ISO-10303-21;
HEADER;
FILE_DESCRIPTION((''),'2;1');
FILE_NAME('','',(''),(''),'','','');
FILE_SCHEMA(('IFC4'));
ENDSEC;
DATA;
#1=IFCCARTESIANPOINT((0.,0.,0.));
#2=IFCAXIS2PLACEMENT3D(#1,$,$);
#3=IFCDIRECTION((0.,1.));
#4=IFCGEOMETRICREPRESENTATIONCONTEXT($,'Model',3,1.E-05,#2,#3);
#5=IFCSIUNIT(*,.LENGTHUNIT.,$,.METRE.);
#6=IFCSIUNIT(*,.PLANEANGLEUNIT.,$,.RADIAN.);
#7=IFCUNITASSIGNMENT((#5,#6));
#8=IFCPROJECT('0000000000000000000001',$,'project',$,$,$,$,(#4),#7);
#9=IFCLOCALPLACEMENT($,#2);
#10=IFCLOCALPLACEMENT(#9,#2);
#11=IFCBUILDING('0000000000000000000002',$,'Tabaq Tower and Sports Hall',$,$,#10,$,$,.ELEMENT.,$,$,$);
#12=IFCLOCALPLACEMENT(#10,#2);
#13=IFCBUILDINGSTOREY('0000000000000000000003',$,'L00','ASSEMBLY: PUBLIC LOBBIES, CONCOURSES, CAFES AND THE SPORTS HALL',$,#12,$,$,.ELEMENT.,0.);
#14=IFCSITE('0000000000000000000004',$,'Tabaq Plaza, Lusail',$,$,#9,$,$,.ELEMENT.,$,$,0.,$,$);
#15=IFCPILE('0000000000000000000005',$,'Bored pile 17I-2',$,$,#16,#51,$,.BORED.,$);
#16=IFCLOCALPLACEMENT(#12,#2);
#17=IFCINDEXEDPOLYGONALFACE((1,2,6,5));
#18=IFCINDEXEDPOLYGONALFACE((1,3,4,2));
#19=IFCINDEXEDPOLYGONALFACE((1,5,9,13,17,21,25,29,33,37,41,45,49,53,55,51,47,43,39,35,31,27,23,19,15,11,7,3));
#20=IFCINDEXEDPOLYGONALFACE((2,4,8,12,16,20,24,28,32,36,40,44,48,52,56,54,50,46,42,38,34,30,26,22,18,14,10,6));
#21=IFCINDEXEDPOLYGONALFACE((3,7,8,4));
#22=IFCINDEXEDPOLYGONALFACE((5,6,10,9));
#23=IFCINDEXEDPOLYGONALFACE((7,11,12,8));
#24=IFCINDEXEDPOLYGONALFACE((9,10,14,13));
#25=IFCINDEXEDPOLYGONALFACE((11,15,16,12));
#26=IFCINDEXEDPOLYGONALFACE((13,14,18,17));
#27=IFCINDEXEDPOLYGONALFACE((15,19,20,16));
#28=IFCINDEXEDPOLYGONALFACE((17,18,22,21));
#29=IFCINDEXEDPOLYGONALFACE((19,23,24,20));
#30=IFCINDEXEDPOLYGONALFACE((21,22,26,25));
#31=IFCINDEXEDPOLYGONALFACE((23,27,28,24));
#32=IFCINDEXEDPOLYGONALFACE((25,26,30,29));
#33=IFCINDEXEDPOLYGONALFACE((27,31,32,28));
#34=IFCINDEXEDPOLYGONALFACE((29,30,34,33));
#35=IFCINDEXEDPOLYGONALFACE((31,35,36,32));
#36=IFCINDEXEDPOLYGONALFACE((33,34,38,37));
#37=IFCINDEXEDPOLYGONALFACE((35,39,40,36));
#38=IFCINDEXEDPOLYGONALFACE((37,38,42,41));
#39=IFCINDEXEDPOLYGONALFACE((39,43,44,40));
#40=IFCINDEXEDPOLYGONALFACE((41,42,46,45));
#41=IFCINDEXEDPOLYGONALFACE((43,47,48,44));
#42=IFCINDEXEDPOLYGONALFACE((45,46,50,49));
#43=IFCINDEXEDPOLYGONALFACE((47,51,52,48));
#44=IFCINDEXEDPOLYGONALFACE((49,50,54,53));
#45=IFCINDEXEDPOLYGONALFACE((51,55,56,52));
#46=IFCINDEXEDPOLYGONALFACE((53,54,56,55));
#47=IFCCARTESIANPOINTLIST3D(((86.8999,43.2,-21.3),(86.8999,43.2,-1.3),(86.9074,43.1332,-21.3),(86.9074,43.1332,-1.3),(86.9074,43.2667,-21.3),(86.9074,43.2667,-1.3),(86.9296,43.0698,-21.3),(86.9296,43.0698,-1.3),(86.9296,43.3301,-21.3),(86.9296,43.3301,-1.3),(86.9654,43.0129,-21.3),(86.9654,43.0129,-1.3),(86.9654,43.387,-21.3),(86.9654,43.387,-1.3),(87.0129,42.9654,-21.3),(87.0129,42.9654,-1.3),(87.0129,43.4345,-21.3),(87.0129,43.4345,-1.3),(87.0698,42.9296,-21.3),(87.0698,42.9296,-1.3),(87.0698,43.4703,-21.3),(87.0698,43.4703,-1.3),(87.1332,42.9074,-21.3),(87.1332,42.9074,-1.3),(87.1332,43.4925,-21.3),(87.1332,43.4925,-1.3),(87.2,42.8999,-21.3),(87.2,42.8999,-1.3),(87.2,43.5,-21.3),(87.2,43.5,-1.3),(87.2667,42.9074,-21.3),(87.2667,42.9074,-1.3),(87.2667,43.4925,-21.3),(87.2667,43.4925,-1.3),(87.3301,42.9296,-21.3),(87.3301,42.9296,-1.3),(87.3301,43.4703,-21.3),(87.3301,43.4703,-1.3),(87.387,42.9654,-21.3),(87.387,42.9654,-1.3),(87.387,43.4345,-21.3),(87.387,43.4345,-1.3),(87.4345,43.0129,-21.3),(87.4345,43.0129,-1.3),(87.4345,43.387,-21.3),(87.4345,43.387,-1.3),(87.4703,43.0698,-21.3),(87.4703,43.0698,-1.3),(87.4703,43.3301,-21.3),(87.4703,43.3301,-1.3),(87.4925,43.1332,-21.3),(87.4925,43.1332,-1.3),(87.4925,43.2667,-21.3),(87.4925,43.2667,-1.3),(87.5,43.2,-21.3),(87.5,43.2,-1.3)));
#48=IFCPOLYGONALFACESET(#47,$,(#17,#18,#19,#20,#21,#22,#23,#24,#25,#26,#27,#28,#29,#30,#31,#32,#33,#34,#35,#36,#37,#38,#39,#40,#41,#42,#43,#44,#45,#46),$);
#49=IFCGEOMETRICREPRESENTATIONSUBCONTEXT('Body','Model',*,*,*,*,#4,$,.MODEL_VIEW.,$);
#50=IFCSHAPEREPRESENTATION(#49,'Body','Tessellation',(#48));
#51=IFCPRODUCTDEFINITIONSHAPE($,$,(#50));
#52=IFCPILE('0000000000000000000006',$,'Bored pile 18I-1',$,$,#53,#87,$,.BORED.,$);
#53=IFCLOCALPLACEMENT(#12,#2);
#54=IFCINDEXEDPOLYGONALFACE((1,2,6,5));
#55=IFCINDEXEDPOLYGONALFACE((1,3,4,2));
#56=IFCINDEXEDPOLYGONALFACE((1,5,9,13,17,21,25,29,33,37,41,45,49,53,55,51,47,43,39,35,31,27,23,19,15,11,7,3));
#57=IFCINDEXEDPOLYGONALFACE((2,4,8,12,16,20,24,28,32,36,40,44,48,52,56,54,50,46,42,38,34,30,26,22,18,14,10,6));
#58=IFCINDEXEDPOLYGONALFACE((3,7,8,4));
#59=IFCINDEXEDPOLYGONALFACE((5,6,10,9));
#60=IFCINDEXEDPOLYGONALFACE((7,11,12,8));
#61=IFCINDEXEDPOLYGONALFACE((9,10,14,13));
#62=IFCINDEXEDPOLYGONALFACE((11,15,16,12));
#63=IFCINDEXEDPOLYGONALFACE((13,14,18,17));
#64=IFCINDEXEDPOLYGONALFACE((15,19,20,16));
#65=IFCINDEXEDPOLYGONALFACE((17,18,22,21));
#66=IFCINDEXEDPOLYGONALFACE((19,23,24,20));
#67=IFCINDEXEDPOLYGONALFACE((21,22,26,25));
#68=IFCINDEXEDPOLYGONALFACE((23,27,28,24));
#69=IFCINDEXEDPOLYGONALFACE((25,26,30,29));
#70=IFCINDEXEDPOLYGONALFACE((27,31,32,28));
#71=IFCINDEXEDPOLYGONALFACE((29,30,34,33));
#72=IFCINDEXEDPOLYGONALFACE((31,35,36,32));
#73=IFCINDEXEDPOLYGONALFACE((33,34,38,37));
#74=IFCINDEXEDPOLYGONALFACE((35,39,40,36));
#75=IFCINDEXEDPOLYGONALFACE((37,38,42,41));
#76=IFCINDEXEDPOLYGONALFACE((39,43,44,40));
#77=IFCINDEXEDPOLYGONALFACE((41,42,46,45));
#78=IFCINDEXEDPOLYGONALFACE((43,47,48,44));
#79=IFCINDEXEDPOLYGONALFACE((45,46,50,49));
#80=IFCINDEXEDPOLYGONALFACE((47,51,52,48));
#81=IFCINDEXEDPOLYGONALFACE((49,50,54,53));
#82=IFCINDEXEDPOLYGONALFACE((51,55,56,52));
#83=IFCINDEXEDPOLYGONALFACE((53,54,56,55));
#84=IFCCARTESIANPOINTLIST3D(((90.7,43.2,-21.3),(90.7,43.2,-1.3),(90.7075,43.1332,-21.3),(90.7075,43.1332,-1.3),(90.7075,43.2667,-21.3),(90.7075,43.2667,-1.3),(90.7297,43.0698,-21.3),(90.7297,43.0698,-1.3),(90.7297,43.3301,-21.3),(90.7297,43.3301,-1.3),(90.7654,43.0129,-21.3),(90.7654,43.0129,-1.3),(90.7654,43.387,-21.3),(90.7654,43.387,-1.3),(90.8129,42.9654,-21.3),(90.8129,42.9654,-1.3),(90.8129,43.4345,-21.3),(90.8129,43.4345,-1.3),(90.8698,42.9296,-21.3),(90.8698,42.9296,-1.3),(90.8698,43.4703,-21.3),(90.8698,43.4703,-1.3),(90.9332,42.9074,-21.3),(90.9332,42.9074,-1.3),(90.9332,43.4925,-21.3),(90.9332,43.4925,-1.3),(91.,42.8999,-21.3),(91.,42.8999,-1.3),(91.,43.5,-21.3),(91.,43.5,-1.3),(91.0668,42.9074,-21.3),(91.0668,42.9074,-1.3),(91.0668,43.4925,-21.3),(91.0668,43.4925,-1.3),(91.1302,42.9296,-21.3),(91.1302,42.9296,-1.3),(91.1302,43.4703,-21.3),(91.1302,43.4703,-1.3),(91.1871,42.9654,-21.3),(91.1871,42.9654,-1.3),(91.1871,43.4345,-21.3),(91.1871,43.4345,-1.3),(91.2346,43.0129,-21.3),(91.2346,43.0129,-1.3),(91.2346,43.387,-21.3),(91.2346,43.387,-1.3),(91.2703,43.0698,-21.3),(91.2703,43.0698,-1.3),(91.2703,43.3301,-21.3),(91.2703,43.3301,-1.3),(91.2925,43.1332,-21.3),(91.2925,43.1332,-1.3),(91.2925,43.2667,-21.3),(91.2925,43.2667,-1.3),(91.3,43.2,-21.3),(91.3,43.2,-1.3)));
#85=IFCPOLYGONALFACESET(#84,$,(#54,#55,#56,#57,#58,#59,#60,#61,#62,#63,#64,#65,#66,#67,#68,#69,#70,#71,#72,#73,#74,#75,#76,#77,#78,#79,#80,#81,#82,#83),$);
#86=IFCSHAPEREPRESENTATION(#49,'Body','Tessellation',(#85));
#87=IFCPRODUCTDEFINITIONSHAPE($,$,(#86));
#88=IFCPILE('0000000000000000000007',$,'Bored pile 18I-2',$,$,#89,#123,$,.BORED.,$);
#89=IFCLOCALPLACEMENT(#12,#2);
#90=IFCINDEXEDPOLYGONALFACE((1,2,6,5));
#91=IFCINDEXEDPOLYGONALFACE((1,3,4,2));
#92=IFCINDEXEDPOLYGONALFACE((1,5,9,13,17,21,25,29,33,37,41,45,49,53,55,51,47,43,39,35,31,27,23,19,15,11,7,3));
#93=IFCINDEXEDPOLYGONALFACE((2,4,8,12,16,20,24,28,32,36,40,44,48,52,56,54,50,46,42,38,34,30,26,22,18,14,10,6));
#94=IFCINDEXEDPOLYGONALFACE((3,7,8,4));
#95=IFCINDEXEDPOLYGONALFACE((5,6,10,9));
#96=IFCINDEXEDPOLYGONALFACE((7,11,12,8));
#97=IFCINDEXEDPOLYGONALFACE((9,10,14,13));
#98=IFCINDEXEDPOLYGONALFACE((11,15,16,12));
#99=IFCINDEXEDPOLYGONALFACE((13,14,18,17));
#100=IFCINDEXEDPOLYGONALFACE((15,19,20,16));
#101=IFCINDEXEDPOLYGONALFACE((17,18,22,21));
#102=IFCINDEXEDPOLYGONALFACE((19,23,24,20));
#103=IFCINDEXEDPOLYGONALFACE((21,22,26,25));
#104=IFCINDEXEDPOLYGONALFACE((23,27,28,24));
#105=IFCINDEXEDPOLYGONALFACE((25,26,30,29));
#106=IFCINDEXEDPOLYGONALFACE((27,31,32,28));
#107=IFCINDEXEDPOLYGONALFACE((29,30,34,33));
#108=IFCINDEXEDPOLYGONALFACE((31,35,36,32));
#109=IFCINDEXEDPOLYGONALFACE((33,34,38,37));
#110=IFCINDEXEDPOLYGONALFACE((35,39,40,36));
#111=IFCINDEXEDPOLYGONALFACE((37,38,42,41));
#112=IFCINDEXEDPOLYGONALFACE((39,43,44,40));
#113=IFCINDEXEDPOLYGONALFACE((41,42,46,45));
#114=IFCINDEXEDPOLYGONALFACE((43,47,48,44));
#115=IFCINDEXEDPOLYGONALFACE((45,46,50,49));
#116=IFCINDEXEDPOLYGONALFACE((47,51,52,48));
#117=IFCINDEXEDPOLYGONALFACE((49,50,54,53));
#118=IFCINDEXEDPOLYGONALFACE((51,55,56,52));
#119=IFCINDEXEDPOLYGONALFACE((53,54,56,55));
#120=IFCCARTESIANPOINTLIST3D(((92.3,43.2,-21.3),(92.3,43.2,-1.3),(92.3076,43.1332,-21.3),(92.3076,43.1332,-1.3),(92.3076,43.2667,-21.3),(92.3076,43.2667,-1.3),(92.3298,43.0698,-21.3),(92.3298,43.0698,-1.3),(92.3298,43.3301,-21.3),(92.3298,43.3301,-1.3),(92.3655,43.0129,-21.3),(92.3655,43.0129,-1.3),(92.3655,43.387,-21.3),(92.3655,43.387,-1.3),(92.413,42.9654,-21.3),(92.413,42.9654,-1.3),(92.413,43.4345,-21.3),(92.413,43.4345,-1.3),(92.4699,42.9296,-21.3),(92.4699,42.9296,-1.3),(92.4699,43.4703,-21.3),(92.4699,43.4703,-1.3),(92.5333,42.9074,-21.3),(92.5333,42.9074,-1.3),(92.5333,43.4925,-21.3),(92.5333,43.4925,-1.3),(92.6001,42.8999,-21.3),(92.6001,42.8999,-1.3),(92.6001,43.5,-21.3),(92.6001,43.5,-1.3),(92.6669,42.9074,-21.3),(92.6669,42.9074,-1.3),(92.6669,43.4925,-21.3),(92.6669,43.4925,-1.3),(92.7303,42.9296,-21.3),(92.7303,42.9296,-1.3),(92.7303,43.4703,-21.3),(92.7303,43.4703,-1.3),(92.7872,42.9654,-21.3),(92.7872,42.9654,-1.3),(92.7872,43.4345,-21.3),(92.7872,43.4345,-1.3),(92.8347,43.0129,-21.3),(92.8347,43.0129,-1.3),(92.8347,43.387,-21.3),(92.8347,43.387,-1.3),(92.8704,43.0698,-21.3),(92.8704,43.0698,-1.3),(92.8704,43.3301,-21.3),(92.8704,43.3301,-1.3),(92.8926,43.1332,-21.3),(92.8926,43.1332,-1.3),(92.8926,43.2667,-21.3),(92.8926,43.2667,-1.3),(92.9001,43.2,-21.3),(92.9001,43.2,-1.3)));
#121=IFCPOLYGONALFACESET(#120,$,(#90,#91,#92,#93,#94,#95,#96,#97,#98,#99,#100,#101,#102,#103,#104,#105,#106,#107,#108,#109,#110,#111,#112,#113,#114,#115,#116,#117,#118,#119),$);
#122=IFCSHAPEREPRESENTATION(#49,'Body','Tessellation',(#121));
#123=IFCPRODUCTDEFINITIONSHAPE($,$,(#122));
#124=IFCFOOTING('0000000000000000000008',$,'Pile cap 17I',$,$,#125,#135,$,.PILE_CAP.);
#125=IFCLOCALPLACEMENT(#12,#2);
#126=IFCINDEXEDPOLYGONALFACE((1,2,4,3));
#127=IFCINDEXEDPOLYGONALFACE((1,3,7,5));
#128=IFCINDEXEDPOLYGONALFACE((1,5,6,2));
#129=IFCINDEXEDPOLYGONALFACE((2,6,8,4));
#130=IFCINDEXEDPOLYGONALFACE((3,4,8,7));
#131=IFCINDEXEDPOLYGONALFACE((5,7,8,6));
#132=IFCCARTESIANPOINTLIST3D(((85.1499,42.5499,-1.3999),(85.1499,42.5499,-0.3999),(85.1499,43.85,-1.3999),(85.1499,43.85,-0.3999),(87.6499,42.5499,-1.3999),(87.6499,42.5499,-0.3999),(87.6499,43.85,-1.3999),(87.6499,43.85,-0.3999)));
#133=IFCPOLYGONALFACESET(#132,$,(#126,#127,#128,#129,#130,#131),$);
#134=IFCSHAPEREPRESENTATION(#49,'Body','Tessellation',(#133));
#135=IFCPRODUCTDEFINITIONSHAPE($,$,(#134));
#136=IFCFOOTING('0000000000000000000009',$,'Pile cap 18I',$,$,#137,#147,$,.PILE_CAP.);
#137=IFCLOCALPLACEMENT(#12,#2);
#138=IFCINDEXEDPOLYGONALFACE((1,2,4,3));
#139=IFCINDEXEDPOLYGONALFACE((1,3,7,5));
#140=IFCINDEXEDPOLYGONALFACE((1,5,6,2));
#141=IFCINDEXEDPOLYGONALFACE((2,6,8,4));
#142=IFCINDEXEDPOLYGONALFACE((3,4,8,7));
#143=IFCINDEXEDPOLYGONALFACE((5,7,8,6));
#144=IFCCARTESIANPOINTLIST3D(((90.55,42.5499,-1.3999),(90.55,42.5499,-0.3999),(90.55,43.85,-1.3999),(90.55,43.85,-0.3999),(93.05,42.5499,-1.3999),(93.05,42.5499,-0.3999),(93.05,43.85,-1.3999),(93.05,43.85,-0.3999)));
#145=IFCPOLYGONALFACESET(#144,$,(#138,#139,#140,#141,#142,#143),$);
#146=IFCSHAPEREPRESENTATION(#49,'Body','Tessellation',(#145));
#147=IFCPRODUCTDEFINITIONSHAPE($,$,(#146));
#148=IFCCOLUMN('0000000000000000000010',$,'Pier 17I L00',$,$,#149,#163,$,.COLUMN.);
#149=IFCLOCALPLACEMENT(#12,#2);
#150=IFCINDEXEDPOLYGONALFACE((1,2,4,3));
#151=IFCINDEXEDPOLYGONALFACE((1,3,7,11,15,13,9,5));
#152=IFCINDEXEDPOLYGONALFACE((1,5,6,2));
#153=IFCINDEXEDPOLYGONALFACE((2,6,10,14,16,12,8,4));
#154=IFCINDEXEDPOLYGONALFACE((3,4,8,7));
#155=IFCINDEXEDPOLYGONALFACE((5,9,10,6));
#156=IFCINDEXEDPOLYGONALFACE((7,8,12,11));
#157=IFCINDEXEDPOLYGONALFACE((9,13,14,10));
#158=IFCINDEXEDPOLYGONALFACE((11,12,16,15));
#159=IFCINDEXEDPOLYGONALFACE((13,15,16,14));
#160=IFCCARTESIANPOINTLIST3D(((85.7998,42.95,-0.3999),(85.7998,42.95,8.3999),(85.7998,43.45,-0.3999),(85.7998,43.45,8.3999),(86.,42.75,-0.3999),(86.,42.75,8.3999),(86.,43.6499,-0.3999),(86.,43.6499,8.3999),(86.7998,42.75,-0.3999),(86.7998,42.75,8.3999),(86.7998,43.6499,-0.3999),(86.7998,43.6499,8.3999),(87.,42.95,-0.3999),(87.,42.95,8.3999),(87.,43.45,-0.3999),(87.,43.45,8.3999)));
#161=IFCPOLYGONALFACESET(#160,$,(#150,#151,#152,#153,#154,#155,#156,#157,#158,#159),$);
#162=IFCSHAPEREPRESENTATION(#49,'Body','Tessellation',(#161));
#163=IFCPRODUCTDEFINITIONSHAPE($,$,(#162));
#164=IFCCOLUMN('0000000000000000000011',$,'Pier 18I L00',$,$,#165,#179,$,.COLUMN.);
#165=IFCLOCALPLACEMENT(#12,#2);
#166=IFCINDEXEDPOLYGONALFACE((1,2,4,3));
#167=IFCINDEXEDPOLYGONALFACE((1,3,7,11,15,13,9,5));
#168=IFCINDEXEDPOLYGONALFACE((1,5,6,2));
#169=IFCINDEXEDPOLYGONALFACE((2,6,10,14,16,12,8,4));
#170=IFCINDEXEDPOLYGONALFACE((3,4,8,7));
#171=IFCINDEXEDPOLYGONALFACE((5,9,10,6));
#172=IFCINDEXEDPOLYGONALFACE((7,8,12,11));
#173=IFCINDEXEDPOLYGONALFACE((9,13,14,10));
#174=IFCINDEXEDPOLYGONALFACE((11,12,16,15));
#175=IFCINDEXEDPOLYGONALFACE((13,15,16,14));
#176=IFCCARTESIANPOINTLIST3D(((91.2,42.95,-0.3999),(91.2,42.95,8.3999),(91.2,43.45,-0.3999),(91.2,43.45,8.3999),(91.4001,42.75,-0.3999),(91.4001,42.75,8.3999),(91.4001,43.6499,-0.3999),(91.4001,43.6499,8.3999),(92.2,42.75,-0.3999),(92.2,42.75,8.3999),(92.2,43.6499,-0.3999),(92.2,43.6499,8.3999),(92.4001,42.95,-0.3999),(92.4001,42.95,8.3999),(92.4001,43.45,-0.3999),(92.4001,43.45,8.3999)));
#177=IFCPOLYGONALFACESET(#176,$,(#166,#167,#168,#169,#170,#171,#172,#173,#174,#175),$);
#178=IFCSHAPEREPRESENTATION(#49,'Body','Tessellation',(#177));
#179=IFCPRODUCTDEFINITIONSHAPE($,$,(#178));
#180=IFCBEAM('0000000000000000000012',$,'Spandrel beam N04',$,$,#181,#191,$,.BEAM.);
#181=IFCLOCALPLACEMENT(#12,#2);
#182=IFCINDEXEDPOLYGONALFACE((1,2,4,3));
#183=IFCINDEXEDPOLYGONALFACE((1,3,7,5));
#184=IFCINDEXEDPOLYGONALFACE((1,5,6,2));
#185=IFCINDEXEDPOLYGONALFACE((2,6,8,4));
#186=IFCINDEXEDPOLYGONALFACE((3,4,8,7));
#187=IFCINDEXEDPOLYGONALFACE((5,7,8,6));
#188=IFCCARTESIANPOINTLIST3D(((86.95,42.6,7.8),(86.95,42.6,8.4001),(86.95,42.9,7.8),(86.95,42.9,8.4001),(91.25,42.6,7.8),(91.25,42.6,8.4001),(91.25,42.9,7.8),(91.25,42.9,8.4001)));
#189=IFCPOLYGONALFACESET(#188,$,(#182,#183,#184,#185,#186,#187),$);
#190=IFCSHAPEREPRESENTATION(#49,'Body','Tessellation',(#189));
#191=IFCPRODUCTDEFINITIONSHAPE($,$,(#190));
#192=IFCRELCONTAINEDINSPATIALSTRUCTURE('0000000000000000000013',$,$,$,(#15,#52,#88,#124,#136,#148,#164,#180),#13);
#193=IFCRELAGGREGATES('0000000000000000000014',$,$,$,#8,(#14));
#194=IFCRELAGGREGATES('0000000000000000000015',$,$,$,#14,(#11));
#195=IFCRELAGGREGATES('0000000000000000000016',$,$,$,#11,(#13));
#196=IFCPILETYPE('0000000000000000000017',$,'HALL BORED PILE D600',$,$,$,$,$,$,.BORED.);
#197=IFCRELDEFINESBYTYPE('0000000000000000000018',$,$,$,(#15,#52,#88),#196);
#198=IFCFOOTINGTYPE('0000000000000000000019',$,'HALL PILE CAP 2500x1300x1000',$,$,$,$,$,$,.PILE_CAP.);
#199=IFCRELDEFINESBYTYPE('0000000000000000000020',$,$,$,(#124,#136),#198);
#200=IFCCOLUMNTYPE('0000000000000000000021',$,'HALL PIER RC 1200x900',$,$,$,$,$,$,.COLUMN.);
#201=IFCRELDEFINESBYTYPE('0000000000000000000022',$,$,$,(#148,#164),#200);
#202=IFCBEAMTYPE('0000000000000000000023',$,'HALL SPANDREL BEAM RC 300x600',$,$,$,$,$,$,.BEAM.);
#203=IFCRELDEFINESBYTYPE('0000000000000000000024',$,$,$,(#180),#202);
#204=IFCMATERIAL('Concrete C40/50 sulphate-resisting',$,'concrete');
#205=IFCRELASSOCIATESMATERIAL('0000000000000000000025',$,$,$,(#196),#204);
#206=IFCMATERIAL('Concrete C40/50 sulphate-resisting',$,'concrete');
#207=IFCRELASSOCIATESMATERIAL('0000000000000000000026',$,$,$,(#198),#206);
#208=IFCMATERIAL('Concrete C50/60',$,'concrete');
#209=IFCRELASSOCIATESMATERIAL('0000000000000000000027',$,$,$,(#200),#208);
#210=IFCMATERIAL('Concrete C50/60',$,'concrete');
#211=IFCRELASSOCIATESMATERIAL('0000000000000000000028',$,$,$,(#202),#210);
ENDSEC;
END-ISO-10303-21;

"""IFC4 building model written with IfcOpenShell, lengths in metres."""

from ifc_helpers import new_model, si_unit, direction, frame, origin, origin_2d, place, context, subcontext, project, spatial, polyline, rectangle, circle, outline, extrude, material, material_profile, profile_set, type_object, element, save


model = new_model("IFC4")

# Units and contexts
model_context = context("Model", 3, precision=1e-05, world=origin(), true_north=direction((0.0, 1.0)))
body_context = subcontext(model_context, "Body", "Model", "MODEL_VIEW")
ifc_project = project(units=[si_unit("LENGTHUNIT", "METRE"), si_unit("PLANEANGLEUNIT", "RADIAN")], contexts=[model_context])

# Site, building, storey
site_placement = place(None, origin())
site = spatial("IfcSite", under=ifc_project, at=site_placement, Name="Tabaq Plaza, Lusail", CompositionType="ELEMENT", RefElevation=0.0)
building_placement = place(site_placement, origin())
building = spatial("IfcBuilding", under=site, at=building_placement, Name="Tabaq Tower and Sports Hall", CompositionType="ELEMENT")
storey_placement = place(building_placement, origin())
storey = spatial("IfcBuildingStorey", under=building, at=storey_placement, Name="L00", Description="ASSEMBLY: PUBLIC LOBBIES, CONCOURSES, CAFES AND THE SPORTS HALL", CompositionType="ELEMENT", Elevation=0.0)

# Piles
ifc_material_1 = material(Name="Concrete C40/50 sulphate-resisting", Category="concrete")
ifc_material_profile_1 = material_profile(ifc_material_1, circle(Radius=0.3, at=origin_2d()), Name="D600")
ifc_profile_set_1 = profile_set([ifc_material_profile_1], Name="Concrete C40/50 sulphate-resisting")
pile_type = type_object("IfcPileType", Name="HALL BORED PILE D600", PredefinedType="BORED", material=ifc_profile_set_1)
for number, where, z_axis, x_axis, name in (
    (1, (87.2, 43.2, -1.3), (0.0, 0.0, -1.0), (1.0, 0.0, 0.0), "Bored pile 17I-2"),
    (2, (91.0, 43.2, -1.3), (0.0, 0.0, -1.0), (1.0, 0.0, 0.0), "Bored pile 18I-1"),
    (3, (92.6001, 43.2, -1.3), (0.0, 0.0, -1.0), (1.0, 0.0, 0.0), "Bored pile 18I-2"),
):
    element("IfcPile", number, at=place(storey_placement, frame(where, z_axis=z_axis, x_axis=x_axis)), inside=storey, type_object=pile_type, Name=name, PredefinedType="BORED", context=body_context, shape_type="SweptSolid", body=[
        extrude(circle(Radius=0.3, at=origin_2d()), origin(), (0.0, 0.0, 1.0), 20.0),
    ])

# Footings
ifc_material_2 = material(Name="Concrete C40/50 sulphate-resisting", Category="concrete")
footing_type = type_object("IfcFootingType", Name="HALL PILE CAP 2500x1300x1000", PredefinedType="PILE_CAP", material=ifc_material_2)
for number, where, z_axis, x_axis, name in (
    (4, (86.3999, 43.2, -1.3999), (0.0, 0.0, 1.0), (1.0, 0.0, 0.0), "Pile cap 17I"),
    (5, (91.8, 43.2, -1.3999), (0.0, 0.0, 1.0), (1.0, 0.0, 0.0), "Pile cap 18I"),
):
    element("IfcFooting", number, at=place(storey_placement, frame(where, z_axis=z_axis, x_axis=x_axis)), inside=storey, type_object=footing_type, Name=name, PredefinedType="PILE_CAP", context=body_context, shape_type="SweptSolid", body=[
        extrude(rectangle(XDim=2.5, YDim=1.3, at=origin_2d()), origin(), (0.0, 0.0, 1.0), 1.0),
    ])

# Columns
ifc_material_3 = material(Name="Concrete C50/60", Category="concrete")
ifc_material_profile_2 = material_profile(ifc_material_3, outline(polyline([(-0.3999, -0.45), (0.3999, -0.45), (0.6001, -0.25), (0.6001, 0.25), (0.3999, 0.45), (-0.3999, 0.45), (-0.6001, 0.25), (-0.6001, -0.25), (-0.3999, -0.45)])), Name="PIER 1200x900")
ifc_profile_set_2 = profile_set([ifc_material_profile_2], Name="Concrete C50/60")
column_type = type_object("IfcColumnType", Name="HALL PIER RC 1200x900", PredefinedType="COLUMN", material=ifc_profile_set_2)
for number, where, z_axis, x_axis, name in (
    (6, (86.3999, 43.2, -0.3999), (0.0, 0.0, 1.0), (1.0, 0.0, 0.0), "Pier 17I L00"),
    (7, (91.8, 43.2, -0.3999), (0.0, 0.0, 1.0), (1.0, 0.0, 0.0), "Pier 18I L00"),
):
    element("IfcColumn", number, at=place(storey_placement, frame(where, z_axis=z_axis, x_axis=x_axis)), inside=storey, type_object=column_type, Name=name, PredefinedType="COLUMN", context=body_context, shape_type="SweptSolid", body=[
        extrude(outline(polyline([(-0.3999, -0.45), (0.3999, -0.45), (0.6001, -0.25), (0.6001, 0.25), (0.3999, 0.45), (-0.3999, 0.45), (-0.6001, 0.25), (-0.6001, -0.25), (-0.3999, -0.45)])), origin(), (0.0, 0.0, 1.0), 8.7998),
    ])

# Beam
ifc_material_4 = material(Name="Concrete C50/60", Category="concrete")
ifc_material_profile_3 = material_profile(ifc_material_4, rectangle(XDim=0.3, YDim=0.6001, at=origin_2d()), Name="RC 300x600")
ifc_profile_set_3 = profile_set([ifc_material_profile_3], Name="Concrete C50/60")
beam_type = type_object("IfcBeamType", Name="HALL SPANDREL BEAM RC 300x600", PredefinedType="BEAM", material=ifc_profile_set_3)
beam_placement = place(storey_placement, frame((86.95, 42.75, 8.1001), z_axis=(1.0, 0.0, 0.0), x_axis=(0.0, 1.0, 0.0)))
element("IfcBeam", 8, at=beam_placement, inside=storey, type_object=beam_type, Name="Spandrel beam N04", PredefinedType="BEAM", context=body_context, shape_type="SweptSolid", body=[
    extrude(rectangle(XDim=0.3, YDim=0.6001, at=origin_2d()), origin(), (0.0, 0.0, 1.0), 4.3),
])

save(model, "model.ifc")
